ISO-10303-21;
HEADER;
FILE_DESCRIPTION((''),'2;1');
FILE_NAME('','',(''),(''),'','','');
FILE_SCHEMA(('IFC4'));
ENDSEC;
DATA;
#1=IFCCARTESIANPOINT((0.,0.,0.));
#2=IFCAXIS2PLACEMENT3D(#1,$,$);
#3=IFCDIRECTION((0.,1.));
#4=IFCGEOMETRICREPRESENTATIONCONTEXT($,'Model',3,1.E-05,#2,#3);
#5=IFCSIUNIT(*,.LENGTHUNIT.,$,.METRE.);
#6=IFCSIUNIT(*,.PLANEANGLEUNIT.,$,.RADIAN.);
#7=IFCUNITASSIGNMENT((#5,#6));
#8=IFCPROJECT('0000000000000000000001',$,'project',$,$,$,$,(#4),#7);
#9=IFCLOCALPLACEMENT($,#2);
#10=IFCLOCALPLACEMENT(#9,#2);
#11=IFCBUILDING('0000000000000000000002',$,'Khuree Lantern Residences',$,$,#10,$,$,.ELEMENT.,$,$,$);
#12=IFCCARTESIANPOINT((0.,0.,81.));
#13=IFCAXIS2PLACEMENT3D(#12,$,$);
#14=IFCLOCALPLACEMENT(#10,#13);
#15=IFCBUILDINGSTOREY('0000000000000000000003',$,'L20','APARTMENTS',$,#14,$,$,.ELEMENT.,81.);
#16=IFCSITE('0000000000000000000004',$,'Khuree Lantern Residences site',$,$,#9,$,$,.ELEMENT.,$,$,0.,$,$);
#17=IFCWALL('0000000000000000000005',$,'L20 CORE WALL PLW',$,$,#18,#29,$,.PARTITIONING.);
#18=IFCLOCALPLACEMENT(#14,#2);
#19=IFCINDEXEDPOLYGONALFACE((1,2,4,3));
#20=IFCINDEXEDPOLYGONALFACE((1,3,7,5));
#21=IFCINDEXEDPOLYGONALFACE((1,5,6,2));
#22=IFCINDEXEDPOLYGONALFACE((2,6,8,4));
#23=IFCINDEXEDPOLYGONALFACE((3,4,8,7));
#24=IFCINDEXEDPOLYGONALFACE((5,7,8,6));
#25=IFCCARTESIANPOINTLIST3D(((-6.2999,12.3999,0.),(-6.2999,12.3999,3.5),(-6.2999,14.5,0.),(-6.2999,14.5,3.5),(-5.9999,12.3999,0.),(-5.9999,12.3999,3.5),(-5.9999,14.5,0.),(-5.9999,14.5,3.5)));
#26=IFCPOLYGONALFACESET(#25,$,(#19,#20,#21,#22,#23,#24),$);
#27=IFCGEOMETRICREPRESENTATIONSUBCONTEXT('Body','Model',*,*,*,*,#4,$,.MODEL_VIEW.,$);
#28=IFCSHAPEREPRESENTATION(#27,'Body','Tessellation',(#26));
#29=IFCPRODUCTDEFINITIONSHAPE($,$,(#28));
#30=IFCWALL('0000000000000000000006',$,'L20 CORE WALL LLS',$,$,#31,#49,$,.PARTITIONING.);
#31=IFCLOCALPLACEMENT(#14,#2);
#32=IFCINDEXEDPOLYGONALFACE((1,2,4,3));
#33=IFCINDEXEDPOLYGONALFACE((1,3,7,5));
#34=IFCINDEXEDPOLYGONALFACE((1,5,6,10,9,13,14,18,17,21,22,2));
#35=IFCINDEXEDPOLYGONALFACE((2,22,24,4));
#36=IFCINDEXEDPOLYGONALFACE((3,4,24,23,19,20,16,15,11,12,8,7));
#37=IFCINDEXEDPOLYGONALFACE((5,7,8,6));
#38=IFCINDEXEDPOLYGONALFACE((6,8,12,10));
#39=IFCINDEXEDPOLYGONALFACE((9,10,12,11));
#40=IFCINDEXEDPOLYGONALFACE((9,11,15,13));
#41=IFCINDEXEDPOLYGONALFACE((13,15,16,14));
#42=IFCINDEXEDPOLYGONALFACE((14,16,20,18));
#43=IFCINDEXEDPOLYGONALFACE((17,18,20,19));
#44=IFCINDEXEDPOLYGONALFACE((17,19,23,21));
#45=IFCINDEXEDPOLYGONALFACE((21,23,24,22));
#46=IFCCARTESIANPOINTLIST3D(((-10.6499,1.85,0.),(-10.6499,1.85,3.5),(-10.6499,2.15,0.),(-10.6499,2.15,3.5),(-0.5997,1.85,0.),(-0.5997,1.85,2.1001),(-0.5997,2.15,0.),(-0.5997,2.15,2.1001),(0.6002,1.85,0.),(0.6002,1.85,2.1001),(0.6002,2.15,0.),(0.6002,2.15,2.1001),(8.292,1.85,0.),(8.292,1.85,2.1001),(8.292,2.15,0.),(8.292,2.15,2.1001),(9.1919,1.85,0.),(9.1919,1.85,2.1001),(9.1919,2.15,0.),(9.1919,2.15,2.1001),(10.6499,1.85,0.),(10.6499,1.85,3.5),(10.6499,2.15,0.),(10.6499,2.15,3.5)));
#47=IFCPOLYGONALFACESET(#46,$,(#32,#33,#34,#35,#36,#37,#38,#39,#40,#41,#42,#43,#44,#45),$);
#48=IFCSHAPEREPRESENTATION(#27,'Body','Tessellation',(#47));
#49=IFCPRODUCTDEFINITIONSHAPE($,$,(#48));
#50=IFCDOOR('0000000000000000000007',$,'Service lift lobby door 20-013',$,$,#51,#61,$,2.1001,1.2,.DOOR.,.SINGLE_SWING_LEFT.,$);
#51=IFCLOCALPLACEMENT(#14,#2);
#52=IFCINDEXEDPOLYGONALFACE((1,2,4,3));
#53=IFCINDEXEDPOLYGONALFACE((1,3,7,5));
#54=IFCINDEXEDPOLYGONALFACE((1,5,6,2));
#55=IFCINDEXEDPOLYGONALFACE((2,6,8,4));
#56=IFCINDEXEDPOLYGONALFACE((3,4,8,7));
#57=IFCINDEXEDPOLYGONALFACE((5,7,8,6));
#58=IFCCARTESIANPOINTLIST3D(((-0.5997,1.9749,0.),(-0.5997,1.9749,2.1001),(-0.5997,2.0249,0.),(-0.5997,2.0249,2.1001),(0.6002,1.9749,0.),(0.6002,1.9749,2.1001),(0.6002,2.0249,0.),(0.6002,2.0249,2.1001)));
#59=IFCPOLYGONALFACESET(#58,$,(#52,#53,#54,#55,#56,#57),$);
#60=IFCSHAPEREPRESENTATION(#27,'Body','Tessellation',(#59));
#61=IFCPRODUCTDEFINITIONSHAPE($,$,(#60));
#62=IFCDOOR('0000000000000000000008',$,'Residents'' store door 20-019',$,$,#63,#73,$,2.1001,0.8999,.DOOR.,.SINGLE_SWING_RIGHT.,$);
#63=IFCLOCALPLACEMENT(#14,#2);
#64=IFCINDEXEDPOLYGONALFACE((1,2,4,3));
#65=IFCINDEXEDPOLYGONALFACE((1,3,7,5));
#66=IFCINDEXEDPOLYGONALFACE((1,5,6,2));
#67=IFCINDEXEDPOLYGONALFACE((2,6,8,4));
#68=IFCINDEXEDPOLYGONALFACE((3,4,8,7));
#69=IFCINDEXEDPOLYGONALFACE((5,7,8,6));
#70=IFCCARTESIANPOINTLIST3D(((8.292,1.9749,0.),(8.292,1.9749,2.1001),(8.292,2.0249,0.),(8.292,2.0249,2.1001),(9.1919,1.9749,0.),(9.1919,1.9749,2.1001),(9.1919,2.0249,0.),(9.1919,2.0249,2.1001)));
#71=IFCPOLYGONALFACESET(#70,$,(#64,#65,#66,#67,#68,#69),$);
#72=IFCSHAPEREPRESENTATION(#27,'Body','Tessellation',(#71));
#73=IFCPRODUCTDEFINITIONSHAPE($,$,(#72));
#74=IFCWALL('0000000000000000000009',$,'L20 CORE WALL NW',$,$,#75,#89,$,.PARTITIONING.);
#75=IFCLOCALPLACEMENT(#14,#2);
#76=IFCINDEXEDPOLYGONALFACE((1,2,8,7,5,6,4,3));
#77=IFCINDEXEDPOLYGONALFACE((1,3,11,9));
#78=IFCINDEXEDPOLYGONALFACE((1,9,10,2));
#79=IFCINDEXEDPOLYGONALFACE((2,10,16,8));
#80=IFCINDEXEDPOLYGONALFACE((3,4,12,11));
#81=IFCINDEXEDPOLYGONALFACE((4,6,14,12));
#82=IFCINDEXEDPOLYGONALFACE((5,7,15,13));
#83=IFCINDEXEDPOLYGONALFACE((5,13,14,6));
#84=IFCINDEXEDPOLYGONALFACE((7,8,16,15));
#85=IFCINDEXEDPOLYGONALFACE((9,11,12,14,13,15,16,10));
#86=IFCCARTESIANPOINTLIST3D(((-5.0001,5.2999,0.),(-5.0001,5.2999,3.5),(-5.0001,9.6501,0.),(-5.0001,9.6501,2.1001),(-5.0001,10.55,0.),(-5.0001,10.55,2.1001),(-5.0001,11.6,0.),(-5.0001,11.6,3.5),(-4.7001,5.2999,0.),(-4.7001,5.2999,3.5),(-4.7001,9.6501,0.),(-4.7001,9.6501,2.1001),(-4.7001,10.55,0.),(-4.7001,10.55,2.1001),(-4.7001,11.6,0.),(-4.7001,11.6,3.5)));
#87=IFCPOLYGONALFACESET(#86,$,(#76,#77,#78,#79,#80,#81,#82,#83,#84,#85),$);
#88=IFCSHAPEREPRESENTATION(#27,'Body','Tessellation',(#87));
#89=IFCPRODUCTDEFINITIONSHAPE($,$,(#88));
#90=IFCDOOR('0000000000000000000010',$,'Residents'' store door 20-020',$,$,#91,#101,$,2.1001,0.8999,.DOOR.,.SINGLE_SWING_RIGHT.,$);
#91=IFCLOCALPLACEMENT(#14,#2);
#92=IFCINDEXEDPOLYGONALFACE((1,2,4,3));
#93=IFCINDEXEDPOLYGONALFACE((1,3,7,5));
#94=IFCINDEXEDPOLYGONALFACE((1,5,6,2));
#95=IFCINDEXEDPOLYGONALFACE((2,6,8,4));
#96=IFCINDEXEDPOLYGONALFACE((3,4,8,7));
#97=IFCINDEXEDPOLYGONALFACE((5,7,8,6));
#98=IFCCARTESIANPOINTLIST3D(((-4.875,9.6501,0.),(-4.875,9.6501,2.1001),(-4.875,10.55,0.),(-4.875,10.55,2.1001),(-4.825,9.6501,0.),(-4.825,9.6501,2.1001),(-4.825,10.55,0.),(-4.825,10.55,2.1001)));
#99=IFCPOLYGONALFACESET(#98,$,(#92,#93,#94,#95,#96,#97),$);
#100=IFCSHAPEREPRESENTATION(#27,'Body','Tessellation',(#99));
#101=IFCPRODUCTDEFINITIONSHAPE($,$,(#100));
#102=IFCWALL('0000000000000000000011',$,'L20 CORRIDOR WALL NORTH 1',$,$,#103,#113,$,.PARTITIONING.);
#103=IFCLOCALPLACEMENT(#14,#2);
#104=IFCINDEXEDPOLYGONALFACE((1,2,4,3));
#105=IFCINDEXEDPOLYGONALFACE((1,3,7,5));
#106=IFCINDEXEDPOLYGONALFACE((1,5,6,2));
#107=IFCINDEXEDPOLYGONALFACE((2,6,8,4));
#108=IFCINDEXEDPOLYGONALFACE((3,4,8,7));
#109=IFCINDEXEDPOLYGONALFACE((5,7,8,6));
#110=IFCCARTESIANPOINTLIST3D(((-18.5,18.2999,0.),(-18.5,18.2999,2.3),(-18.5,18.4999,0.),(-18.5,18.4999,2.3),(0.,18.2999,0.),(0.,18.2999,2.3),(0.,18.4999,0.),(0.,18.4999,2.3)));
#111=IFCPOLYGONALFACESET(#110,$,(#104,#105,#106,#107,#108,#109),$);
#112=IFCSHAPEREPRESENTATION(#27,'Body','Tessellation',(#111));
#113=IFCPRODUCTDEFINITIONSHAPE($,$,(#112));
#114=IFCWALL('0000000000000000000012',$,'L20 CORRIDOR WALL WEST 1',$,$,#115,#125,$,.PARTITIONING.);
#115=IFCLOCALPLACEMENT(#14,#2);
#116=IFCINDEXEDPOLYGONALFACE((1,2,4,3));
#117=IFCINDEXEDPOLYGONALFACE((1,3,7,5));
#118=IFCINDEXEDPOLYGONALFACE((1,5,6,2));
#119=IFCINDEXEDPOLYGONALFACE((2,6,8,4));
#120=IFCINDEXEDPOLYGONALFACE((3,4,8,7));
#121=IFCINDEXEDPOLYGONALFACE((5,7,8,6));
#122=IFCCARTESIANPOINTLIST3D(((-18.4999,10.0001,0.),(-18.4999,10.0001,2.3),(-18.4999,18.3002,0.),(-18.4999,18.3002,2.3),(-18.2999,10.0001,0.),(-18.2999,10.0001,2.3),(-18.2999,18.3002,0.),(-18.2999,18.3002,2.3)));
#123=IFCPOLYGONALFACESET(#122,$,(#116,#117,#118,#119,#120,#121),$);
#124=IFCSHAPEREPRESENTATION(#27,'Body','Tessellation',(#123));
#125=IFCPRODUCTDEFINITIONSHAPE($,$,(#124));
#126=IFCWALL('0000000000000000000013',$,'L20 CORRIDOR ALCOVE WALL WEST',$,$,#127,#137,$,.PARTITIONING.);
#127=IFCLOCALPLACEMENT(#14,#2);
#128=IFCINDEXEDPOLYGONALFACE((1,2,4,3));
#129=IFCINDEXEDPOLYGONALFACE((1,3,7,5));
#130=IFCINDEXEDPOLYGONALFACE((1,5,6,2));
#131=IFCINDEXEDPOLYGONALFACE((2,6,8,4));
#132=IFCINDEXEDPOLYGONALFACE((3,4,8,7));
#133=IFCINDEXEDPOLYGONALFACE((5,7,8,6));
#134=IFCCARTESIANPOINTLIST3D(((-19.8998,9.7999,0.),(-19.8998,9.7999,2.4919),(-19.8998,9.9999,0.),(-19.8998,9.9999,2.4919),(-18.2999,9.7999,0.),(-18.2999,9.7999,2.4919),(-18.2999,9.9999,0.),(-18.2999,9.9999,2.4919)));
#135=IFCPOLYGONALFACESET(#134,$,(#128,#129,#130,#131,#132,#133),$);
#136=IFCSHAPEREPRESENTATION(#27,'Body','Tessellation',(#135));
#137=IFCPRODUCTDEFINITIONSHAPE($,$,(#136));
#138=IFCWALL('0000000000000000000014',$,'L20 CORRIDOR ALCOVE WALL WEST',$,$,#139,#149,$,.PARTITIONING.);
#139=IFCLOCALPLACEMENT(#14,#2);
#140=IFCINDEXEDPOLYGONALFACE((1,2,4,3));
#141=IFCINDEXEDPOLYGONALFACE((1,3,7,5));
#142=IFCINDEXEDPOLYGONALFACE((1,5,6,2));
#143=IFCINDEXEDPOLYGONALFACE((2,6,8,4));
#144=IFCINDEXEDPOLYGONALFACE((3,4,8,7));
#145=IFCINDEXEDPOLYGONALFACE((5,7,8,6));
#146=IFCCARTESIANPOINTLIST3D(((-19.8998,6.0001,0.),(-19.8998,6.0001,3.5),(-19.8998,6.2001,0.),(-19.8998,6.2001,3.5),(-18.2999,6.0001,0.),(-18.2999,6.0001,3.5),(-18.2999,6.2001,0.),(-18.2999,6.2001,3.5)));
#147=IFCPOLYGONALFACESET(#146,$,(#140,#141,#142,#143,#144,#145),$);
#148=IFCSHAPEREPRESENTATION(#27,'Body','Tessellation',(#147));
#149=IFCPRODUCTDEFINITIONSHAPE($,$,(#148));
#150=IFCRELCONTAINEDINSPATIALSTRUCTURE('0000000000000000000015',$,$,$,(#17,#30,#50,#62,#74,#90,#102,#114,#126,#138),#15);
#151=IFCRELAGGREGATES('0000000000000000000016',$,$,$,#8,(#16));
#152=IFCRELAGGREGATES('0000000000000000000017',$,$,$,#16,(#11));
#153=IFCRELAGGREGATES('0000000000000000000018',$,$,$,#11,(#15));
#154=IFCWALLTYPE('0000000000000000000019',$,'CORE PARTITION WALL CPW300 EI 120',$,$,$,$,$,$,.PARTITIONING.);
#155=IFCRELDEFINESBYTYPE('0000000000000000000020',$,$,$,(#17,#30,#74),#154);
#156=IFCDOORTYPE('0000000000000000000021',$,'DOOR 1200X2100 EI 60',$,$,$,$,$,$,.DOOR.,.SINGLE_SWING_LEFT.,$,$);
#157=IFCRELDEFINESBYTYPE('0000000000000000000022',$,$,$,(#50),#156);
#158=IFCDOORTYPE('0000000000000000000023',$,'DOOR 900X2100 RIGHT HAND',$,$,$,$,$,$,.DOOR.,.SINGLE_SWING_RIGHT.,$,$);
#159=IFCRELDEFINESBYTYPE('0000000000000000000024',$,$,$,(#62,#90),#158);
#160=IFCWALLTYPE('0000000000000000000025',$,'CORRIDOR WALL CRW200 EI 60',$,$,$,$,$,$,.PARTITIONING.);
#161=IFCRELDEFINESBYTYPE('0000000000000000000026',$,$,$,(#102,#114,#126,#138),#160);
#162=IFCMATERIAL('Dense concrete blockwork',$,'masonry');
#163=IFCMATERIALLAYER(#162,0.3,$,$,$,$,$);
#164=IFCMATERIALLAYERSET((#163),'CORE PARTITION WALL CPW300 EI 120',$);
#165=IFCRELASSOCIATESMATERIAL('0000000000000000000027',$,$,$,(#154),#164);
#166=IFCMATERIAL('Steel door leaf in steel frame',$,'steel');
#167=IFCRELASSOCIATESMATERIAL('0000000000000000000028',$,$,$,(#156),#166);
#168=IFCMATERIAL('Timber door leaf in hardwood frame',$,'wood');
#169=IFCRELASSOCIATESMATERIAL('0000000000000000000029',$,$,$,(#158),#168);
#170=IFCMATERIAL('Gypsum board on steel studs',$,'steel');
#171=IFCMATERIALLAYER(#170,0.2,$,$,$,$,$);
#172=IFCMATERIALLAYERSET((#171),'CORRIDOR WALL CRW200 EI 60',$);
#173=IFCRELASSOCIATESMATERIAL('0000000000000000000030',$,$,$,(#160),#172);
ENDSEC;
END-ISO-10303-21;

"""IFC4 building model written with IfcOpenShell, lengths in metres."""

from ifc_helpers import new_model, si_unit, direction, frame, frame_2d, origin, place, context, subcontext, project, spatial, rectangle, extrude, material, layer, layer_set, type_object, element, fill, save


model = new_model("IFC4")

# Units and contexts
model_context = context("Model", 3, precision=1e-05, world=origin(), true_north=direction((0.0, 1.0)))
body_context = subcontext(model_context, "Body", "Model", "MODEL_VIEW")
ifc_project = project(units=[si_unit("LENGTHUNIT", "METRE"), si_unit("PLANEANGLEUNIT", "RADIAN")], contexts=[model_context])

# Site, building, storey
site_placement = place(None, origin())
site = spatial("IfcSite", under=ifc_project, at=site_placement, Name="Khuree Lantern Residences site", CompositionType="ELEMENT", RefElevation=0.0)
building_placement = place(site_placement, origin())
building = spatial("IfcBuilding", under=site, at=building_placement, Name="Khuree Lantern Residences", CompositionType="ELEMENT")
storey_placement = place(building_placement, frame((0.0, 0.0, 81.0)))
storey = spatial("IfcBuildingStorey", under=building, at=storey_placement, Name="L20", Description="APARTMENTS", CompositionType="ELEMENT", Elevation=81.0)

# Wall
ifc_material_1 = material(Name="Dense concrete blockwork", Category="masonry")
ifc_layer_1 = layer(ifc_material_1, 0.3)
ifc_layer_set_1 = layer_set([ifc_layer_1], Name="CORE PARTITION WALL CPW300 EI 120")
wall_type_1 = type_object("IfcWallType", Name="CORE PARTITION WALL CPW300 EI 120", PredefinedType="PARTITIONING", material=ifc_layer_set_1)
wall_1_placement = place(storey_placement, frame((-6.1499, 12.3999, 0.0), z_axis=(0.0, 0.0, 1.0), x_axis=(0.0, 1.0, 0.0)))
element("IfcWall", 1, at=wall_1_placement, inside=storey, type_object=wall_type_1, Name="L20 CORE WALL PLW", PredefinedType="PARTITIONING", context=body_context, shape_type="SweptSolid", body=[
    extrude(rectangle(XDim=2.1001, YDim=0.3, at=frame_2d((1.05, 0.0))), origin(), (0.0, 0.0, 1.0), 3.5),
])

# Wall, openings, doors
wall_2_placement = place(storey_placement, frame((-10.6499, 2.0, 0.0), z_axis=(0.0, 0.0, 1.0), x_axis=(1.0, 0.0, 0.0)))
wall_2 = element("IfcWall", 2, at=wall_2_placement, inside=storey, type_object=wall_type_1, Name="L20 CORE WALL LLS", PredefinedType="PARTITIONING", context=body_context, shape_type="SweptSolid", body=[
    extrude(rectangle(XDim=21.2998, YDim=0.3, at=frame_2d((10.6499, 0.0))), origin(), (0.0, 0.0, 1.0), 3.5),
])
opening_1_placement = place(wall_2_placement, frame((10.05, 0.0, 0.0)))
opening_1 = element("IfcOpeningElement", 3, at=opening_1_placement, cuts=wall_2, PredefinedType="OPENING", context=body_context, shape_type="SweptSolid", body=[
    extrude(rectangle(XDim=1.2, YDim=2.1001, at=frame_2d((0.6001, 1.05))), frame((0.0, 0.1602, 0.0), z_axis=(0.0, -1.0, 0.0), x_axis=(1.0, 0.0, 0.0)), (0.0, 0.0, 1.0), 0.3201),
])
opening_2_placement = place(wall_2_placement, frame((18.9419, 0.0, 0.0)))
opening_2 = element("IfcOpeningElement", 4, at=opening_2_placement, cuts=wall_2, PredefinedType="OPENING", context=body_context, shape_type="SweptSolid", body=[
    extrude(rectangle(XDim=0.8999, YDim=2.1001, at=frame_2d((0.45, 1.05))), frame((0.0, 0.1602, 0.0), z_axis=(0.0, -1.0, 0.0), x_axis=(1.0, 0.0, 0.0)), (0.0, 0.0, 1.0), 0.3201),
])
ifc_material_2 = material(Name="Steel door leaf in steel frame", Category="steel")
door_type_1 = type_object("IfcDoorType", Name="DOOR 1200X2100 EI 60", OperationType="SINGLE_SWING_LEFT", PredefinedType="DOOR", material=ifc_material_2)
door_1_placement = place(opening_1_placement, origin())
door_1 = element("IfcDoor", 5, at=door_1_placement, inside=storey, type_object=door_type_1, Name="Service lift lobby door 20-013", OperationType="SINGLE_SWING_LEFT", OverallHeight=2.1001, OverallWidth=1.2, PredefinedType="DOOR", context=body_context, shape_type="SweptSolid", body=[
    extrude(rectangle(XDim=1.2, YDim=2.1001, at=frame_2d((0.6001, 1.05))), frame((0.0, 0.0249, 0.0), z_axis=(0.0, -1.0, 0.0), x_axis=(1.0, 0.0, 0.0)), (0.0, 0.0, 1.0), 0.05),
])
fill(opening_1, door_1)
ifc_material_3 = material(Name="Timber door leaf in hardwood frame", Category="wood")
door_type_2 = type_object("IfcDoorType", Name="DOOR 900X2100 RIGHT HAND", OperationType="SINGLE_SWING_RIGHT", PredefinedType="DOOR", material=ifc_material_3)
door_2_placement = place(opening_2_placement, origin())
door_2 = element("IfcDoor", 6, at=door_2_placement, inside=storey, type_object=door_type_2, Name="Residents' store door 20-019", OperationType="SINGLE_SWING_RIGHT", OverallHeight=2.1001, OverallWidth=0.8999, PredefinedType="DOOR", context=body_context, shape_type="SweptSolid", body=[
    extrude(rectangle(XDim=0.8999, YDim=2.1001, at=frame_2d((0.45, 1.05))), frame((0.0, 0.0249, 0.0), z_axis=(0.0, -1.0, 0.0), x_axis=(1.0, 0.0, 0.0)), (0.0, 0.0, 1.0), 0.05),
])
fill(opening_2, door_2)

# Wall, opening, door
wall_3_placement = place(storey_placement, frame((-4.8501, 5.3, 0.0), z_axis=(0.0, 0.0, 1.0), x_axis=(0.0, 1.0, 0.0)))
wall_3 = element("IfcWall", 7, at=wall_3_placement, inside=storey, type_object=wall_type_1, Name="L20 CORE WALL NW", PredefinedType="PARTITIONING", context=body_context, shape_type="SweptSolid", body=[
    extrude(rectangle(XDim=6.3, YDim=0.3, at=frame_2d((3.1499, 0.0))), origin(), (0.0, 0.0, 1.0), 3.5),
])
opening_3_placement = place(wall_3_placement, frame((4.3501, 0.0, 0.0)))
opening_3 = element("IfcOpeningElement", 8, at=opening_3_placement, cuts=wall_3, PredefinedType="OPENING", context=body_context, shape_type="SweptSolid", body=[
    extrude(rectangle(XDim=0.8999, YDim=2.1001, at=frame_2d((0.45, 1.05))), frame((0.0, 0.1602, 0.0), z_axis=(0.0, -1.0, 0.0), x_axis=(1.0, 0.0, 0.0)), (0.0, 0.0, 1.0), 0.3201),
])
door_3_placement = place(opening_3_placement, origin())
door_3 = element("IfcDoor", 9, at=door_3_placement, inside=storey, type_object=door_type_2, Name="Residents' store door 20-020", OperationType="SINGLE_SWING_RIGHT", OverallHeight=2.1001, OverallWidth=0.8999, PredefinedType="DOOR", context=body_context, shape_type="SweptSolid", body=[
    extrude(rectangle(XDim=0.8999, YDim=2.1001, at=frame_2d((0.45, 1.05))), frame((0.0, 0.0249, 0.0), z_axis=(0.0, -1.0, 0.0), x_axis=(1.0, 0.0, 0.0)), (0.0, 0.0, 1.0), 0.05),
])
fill(opening_3, door_3)

# Walls
ifc_material_4 = material(Name="Gypsum board on steel studs", Category="steel")
ifc_layer_2 = layer(ifc_material_4, 0.2)
ifc_layer_set_2 = layer_set([ifc_layer_2], Name="CORRIDOR WALL CRW200 EI 60")
wall_type_2 = type_object("IfcWallType", Name="CORRIDOR WALL CRW200 EI 60", PredefinedType="PARTITIONING", material=ifc_layer_set_2)
wall_4_placement = place(storey_placement, frame((-18.5, 18.3999, 0.0), z_axis=(0.0, 0.0, 1.0), x_axis=(1.0, 0.0, 0.0)))
element("IfcWall", 10, at=wall_4_placement, inside=storey, type_object=wall_type_2, Name="L20 CORRIDOR WALL NORTH 1", PredefinedType="PARTITIONING", context=body_context, shape_type="SweptSolid", body=[
    extrude(rectangle(XDim=18.5, YDim=0.2, at=frame_2d((9.25, 0.0))), origin(), (0.0, 0.0, 1.0), 2.3),
])
wall_5_placement = place(storey_placement, frame((-18.3999, 18.3, 0.0), z_axis=(0.0, 0.0, 1.0), x_axis=(0.0, -1.0, 0.0)))
element("IfcWall", 11, at=wall_5_placement, inside=storey, type_object=wall_type_2, Name="L20 CORRIDOR WALL WEST 1", PredefinedType="PARTITIONING", context=body_context, shape_type="SweptSolid", body=[
    extrude(rectangle(XDim=8.3, YDim=0.2, at=frame_2d((4.1499, 0.0))), origin(), (0.0, 0.0, 1.0), 2.3),
])
wall_6_placement = place(storey_placement, frame((-18.3, 9.8999, 0.0), z_axis=(0.0, 0.0, 1.0), x_axis=(-1.0, 0.0, 0.0)))
element("IfcWall", 12, at=wall_6_placement, inside=storey, type_object=wall_type_2, Name="L20 CORRIDOR ALCOVE WALL WEST", PredefinedType="PARTITIONING", context=body_context, shape_type="SweptSolid", body=[
    extrude(rectangle(XDim=1.5999, YDim=0.2, at=frame_2d((0.7998, 0.0))), origin(), (0.0, 0.0, 1.0), 2.4919),
])
wall_7_placement = place(storey_placement, frame((-18.3, 6.1001, 0.0), z_axis=(0.0, 0.0, 1.0), x_axis=(-1.0, 0.0, 0.0)))
element("IfcWall", 13, at=wall_7_placement, inside=storey, type_object=wall_type_2, Name="L20 CORRIDOR ALCOVE WALL WEST", PredefinedType="PARTITIONING", context=body_context, shape_type="SweptSolid", body=[
    extrude(rectangle(XDim=1.5999, YDim=0.2, at=frame_2d((0.7998, 0.0))), origin(), (0.0, 0.0, 1.0), 3.5),
])

save(model, "model.ifc")
